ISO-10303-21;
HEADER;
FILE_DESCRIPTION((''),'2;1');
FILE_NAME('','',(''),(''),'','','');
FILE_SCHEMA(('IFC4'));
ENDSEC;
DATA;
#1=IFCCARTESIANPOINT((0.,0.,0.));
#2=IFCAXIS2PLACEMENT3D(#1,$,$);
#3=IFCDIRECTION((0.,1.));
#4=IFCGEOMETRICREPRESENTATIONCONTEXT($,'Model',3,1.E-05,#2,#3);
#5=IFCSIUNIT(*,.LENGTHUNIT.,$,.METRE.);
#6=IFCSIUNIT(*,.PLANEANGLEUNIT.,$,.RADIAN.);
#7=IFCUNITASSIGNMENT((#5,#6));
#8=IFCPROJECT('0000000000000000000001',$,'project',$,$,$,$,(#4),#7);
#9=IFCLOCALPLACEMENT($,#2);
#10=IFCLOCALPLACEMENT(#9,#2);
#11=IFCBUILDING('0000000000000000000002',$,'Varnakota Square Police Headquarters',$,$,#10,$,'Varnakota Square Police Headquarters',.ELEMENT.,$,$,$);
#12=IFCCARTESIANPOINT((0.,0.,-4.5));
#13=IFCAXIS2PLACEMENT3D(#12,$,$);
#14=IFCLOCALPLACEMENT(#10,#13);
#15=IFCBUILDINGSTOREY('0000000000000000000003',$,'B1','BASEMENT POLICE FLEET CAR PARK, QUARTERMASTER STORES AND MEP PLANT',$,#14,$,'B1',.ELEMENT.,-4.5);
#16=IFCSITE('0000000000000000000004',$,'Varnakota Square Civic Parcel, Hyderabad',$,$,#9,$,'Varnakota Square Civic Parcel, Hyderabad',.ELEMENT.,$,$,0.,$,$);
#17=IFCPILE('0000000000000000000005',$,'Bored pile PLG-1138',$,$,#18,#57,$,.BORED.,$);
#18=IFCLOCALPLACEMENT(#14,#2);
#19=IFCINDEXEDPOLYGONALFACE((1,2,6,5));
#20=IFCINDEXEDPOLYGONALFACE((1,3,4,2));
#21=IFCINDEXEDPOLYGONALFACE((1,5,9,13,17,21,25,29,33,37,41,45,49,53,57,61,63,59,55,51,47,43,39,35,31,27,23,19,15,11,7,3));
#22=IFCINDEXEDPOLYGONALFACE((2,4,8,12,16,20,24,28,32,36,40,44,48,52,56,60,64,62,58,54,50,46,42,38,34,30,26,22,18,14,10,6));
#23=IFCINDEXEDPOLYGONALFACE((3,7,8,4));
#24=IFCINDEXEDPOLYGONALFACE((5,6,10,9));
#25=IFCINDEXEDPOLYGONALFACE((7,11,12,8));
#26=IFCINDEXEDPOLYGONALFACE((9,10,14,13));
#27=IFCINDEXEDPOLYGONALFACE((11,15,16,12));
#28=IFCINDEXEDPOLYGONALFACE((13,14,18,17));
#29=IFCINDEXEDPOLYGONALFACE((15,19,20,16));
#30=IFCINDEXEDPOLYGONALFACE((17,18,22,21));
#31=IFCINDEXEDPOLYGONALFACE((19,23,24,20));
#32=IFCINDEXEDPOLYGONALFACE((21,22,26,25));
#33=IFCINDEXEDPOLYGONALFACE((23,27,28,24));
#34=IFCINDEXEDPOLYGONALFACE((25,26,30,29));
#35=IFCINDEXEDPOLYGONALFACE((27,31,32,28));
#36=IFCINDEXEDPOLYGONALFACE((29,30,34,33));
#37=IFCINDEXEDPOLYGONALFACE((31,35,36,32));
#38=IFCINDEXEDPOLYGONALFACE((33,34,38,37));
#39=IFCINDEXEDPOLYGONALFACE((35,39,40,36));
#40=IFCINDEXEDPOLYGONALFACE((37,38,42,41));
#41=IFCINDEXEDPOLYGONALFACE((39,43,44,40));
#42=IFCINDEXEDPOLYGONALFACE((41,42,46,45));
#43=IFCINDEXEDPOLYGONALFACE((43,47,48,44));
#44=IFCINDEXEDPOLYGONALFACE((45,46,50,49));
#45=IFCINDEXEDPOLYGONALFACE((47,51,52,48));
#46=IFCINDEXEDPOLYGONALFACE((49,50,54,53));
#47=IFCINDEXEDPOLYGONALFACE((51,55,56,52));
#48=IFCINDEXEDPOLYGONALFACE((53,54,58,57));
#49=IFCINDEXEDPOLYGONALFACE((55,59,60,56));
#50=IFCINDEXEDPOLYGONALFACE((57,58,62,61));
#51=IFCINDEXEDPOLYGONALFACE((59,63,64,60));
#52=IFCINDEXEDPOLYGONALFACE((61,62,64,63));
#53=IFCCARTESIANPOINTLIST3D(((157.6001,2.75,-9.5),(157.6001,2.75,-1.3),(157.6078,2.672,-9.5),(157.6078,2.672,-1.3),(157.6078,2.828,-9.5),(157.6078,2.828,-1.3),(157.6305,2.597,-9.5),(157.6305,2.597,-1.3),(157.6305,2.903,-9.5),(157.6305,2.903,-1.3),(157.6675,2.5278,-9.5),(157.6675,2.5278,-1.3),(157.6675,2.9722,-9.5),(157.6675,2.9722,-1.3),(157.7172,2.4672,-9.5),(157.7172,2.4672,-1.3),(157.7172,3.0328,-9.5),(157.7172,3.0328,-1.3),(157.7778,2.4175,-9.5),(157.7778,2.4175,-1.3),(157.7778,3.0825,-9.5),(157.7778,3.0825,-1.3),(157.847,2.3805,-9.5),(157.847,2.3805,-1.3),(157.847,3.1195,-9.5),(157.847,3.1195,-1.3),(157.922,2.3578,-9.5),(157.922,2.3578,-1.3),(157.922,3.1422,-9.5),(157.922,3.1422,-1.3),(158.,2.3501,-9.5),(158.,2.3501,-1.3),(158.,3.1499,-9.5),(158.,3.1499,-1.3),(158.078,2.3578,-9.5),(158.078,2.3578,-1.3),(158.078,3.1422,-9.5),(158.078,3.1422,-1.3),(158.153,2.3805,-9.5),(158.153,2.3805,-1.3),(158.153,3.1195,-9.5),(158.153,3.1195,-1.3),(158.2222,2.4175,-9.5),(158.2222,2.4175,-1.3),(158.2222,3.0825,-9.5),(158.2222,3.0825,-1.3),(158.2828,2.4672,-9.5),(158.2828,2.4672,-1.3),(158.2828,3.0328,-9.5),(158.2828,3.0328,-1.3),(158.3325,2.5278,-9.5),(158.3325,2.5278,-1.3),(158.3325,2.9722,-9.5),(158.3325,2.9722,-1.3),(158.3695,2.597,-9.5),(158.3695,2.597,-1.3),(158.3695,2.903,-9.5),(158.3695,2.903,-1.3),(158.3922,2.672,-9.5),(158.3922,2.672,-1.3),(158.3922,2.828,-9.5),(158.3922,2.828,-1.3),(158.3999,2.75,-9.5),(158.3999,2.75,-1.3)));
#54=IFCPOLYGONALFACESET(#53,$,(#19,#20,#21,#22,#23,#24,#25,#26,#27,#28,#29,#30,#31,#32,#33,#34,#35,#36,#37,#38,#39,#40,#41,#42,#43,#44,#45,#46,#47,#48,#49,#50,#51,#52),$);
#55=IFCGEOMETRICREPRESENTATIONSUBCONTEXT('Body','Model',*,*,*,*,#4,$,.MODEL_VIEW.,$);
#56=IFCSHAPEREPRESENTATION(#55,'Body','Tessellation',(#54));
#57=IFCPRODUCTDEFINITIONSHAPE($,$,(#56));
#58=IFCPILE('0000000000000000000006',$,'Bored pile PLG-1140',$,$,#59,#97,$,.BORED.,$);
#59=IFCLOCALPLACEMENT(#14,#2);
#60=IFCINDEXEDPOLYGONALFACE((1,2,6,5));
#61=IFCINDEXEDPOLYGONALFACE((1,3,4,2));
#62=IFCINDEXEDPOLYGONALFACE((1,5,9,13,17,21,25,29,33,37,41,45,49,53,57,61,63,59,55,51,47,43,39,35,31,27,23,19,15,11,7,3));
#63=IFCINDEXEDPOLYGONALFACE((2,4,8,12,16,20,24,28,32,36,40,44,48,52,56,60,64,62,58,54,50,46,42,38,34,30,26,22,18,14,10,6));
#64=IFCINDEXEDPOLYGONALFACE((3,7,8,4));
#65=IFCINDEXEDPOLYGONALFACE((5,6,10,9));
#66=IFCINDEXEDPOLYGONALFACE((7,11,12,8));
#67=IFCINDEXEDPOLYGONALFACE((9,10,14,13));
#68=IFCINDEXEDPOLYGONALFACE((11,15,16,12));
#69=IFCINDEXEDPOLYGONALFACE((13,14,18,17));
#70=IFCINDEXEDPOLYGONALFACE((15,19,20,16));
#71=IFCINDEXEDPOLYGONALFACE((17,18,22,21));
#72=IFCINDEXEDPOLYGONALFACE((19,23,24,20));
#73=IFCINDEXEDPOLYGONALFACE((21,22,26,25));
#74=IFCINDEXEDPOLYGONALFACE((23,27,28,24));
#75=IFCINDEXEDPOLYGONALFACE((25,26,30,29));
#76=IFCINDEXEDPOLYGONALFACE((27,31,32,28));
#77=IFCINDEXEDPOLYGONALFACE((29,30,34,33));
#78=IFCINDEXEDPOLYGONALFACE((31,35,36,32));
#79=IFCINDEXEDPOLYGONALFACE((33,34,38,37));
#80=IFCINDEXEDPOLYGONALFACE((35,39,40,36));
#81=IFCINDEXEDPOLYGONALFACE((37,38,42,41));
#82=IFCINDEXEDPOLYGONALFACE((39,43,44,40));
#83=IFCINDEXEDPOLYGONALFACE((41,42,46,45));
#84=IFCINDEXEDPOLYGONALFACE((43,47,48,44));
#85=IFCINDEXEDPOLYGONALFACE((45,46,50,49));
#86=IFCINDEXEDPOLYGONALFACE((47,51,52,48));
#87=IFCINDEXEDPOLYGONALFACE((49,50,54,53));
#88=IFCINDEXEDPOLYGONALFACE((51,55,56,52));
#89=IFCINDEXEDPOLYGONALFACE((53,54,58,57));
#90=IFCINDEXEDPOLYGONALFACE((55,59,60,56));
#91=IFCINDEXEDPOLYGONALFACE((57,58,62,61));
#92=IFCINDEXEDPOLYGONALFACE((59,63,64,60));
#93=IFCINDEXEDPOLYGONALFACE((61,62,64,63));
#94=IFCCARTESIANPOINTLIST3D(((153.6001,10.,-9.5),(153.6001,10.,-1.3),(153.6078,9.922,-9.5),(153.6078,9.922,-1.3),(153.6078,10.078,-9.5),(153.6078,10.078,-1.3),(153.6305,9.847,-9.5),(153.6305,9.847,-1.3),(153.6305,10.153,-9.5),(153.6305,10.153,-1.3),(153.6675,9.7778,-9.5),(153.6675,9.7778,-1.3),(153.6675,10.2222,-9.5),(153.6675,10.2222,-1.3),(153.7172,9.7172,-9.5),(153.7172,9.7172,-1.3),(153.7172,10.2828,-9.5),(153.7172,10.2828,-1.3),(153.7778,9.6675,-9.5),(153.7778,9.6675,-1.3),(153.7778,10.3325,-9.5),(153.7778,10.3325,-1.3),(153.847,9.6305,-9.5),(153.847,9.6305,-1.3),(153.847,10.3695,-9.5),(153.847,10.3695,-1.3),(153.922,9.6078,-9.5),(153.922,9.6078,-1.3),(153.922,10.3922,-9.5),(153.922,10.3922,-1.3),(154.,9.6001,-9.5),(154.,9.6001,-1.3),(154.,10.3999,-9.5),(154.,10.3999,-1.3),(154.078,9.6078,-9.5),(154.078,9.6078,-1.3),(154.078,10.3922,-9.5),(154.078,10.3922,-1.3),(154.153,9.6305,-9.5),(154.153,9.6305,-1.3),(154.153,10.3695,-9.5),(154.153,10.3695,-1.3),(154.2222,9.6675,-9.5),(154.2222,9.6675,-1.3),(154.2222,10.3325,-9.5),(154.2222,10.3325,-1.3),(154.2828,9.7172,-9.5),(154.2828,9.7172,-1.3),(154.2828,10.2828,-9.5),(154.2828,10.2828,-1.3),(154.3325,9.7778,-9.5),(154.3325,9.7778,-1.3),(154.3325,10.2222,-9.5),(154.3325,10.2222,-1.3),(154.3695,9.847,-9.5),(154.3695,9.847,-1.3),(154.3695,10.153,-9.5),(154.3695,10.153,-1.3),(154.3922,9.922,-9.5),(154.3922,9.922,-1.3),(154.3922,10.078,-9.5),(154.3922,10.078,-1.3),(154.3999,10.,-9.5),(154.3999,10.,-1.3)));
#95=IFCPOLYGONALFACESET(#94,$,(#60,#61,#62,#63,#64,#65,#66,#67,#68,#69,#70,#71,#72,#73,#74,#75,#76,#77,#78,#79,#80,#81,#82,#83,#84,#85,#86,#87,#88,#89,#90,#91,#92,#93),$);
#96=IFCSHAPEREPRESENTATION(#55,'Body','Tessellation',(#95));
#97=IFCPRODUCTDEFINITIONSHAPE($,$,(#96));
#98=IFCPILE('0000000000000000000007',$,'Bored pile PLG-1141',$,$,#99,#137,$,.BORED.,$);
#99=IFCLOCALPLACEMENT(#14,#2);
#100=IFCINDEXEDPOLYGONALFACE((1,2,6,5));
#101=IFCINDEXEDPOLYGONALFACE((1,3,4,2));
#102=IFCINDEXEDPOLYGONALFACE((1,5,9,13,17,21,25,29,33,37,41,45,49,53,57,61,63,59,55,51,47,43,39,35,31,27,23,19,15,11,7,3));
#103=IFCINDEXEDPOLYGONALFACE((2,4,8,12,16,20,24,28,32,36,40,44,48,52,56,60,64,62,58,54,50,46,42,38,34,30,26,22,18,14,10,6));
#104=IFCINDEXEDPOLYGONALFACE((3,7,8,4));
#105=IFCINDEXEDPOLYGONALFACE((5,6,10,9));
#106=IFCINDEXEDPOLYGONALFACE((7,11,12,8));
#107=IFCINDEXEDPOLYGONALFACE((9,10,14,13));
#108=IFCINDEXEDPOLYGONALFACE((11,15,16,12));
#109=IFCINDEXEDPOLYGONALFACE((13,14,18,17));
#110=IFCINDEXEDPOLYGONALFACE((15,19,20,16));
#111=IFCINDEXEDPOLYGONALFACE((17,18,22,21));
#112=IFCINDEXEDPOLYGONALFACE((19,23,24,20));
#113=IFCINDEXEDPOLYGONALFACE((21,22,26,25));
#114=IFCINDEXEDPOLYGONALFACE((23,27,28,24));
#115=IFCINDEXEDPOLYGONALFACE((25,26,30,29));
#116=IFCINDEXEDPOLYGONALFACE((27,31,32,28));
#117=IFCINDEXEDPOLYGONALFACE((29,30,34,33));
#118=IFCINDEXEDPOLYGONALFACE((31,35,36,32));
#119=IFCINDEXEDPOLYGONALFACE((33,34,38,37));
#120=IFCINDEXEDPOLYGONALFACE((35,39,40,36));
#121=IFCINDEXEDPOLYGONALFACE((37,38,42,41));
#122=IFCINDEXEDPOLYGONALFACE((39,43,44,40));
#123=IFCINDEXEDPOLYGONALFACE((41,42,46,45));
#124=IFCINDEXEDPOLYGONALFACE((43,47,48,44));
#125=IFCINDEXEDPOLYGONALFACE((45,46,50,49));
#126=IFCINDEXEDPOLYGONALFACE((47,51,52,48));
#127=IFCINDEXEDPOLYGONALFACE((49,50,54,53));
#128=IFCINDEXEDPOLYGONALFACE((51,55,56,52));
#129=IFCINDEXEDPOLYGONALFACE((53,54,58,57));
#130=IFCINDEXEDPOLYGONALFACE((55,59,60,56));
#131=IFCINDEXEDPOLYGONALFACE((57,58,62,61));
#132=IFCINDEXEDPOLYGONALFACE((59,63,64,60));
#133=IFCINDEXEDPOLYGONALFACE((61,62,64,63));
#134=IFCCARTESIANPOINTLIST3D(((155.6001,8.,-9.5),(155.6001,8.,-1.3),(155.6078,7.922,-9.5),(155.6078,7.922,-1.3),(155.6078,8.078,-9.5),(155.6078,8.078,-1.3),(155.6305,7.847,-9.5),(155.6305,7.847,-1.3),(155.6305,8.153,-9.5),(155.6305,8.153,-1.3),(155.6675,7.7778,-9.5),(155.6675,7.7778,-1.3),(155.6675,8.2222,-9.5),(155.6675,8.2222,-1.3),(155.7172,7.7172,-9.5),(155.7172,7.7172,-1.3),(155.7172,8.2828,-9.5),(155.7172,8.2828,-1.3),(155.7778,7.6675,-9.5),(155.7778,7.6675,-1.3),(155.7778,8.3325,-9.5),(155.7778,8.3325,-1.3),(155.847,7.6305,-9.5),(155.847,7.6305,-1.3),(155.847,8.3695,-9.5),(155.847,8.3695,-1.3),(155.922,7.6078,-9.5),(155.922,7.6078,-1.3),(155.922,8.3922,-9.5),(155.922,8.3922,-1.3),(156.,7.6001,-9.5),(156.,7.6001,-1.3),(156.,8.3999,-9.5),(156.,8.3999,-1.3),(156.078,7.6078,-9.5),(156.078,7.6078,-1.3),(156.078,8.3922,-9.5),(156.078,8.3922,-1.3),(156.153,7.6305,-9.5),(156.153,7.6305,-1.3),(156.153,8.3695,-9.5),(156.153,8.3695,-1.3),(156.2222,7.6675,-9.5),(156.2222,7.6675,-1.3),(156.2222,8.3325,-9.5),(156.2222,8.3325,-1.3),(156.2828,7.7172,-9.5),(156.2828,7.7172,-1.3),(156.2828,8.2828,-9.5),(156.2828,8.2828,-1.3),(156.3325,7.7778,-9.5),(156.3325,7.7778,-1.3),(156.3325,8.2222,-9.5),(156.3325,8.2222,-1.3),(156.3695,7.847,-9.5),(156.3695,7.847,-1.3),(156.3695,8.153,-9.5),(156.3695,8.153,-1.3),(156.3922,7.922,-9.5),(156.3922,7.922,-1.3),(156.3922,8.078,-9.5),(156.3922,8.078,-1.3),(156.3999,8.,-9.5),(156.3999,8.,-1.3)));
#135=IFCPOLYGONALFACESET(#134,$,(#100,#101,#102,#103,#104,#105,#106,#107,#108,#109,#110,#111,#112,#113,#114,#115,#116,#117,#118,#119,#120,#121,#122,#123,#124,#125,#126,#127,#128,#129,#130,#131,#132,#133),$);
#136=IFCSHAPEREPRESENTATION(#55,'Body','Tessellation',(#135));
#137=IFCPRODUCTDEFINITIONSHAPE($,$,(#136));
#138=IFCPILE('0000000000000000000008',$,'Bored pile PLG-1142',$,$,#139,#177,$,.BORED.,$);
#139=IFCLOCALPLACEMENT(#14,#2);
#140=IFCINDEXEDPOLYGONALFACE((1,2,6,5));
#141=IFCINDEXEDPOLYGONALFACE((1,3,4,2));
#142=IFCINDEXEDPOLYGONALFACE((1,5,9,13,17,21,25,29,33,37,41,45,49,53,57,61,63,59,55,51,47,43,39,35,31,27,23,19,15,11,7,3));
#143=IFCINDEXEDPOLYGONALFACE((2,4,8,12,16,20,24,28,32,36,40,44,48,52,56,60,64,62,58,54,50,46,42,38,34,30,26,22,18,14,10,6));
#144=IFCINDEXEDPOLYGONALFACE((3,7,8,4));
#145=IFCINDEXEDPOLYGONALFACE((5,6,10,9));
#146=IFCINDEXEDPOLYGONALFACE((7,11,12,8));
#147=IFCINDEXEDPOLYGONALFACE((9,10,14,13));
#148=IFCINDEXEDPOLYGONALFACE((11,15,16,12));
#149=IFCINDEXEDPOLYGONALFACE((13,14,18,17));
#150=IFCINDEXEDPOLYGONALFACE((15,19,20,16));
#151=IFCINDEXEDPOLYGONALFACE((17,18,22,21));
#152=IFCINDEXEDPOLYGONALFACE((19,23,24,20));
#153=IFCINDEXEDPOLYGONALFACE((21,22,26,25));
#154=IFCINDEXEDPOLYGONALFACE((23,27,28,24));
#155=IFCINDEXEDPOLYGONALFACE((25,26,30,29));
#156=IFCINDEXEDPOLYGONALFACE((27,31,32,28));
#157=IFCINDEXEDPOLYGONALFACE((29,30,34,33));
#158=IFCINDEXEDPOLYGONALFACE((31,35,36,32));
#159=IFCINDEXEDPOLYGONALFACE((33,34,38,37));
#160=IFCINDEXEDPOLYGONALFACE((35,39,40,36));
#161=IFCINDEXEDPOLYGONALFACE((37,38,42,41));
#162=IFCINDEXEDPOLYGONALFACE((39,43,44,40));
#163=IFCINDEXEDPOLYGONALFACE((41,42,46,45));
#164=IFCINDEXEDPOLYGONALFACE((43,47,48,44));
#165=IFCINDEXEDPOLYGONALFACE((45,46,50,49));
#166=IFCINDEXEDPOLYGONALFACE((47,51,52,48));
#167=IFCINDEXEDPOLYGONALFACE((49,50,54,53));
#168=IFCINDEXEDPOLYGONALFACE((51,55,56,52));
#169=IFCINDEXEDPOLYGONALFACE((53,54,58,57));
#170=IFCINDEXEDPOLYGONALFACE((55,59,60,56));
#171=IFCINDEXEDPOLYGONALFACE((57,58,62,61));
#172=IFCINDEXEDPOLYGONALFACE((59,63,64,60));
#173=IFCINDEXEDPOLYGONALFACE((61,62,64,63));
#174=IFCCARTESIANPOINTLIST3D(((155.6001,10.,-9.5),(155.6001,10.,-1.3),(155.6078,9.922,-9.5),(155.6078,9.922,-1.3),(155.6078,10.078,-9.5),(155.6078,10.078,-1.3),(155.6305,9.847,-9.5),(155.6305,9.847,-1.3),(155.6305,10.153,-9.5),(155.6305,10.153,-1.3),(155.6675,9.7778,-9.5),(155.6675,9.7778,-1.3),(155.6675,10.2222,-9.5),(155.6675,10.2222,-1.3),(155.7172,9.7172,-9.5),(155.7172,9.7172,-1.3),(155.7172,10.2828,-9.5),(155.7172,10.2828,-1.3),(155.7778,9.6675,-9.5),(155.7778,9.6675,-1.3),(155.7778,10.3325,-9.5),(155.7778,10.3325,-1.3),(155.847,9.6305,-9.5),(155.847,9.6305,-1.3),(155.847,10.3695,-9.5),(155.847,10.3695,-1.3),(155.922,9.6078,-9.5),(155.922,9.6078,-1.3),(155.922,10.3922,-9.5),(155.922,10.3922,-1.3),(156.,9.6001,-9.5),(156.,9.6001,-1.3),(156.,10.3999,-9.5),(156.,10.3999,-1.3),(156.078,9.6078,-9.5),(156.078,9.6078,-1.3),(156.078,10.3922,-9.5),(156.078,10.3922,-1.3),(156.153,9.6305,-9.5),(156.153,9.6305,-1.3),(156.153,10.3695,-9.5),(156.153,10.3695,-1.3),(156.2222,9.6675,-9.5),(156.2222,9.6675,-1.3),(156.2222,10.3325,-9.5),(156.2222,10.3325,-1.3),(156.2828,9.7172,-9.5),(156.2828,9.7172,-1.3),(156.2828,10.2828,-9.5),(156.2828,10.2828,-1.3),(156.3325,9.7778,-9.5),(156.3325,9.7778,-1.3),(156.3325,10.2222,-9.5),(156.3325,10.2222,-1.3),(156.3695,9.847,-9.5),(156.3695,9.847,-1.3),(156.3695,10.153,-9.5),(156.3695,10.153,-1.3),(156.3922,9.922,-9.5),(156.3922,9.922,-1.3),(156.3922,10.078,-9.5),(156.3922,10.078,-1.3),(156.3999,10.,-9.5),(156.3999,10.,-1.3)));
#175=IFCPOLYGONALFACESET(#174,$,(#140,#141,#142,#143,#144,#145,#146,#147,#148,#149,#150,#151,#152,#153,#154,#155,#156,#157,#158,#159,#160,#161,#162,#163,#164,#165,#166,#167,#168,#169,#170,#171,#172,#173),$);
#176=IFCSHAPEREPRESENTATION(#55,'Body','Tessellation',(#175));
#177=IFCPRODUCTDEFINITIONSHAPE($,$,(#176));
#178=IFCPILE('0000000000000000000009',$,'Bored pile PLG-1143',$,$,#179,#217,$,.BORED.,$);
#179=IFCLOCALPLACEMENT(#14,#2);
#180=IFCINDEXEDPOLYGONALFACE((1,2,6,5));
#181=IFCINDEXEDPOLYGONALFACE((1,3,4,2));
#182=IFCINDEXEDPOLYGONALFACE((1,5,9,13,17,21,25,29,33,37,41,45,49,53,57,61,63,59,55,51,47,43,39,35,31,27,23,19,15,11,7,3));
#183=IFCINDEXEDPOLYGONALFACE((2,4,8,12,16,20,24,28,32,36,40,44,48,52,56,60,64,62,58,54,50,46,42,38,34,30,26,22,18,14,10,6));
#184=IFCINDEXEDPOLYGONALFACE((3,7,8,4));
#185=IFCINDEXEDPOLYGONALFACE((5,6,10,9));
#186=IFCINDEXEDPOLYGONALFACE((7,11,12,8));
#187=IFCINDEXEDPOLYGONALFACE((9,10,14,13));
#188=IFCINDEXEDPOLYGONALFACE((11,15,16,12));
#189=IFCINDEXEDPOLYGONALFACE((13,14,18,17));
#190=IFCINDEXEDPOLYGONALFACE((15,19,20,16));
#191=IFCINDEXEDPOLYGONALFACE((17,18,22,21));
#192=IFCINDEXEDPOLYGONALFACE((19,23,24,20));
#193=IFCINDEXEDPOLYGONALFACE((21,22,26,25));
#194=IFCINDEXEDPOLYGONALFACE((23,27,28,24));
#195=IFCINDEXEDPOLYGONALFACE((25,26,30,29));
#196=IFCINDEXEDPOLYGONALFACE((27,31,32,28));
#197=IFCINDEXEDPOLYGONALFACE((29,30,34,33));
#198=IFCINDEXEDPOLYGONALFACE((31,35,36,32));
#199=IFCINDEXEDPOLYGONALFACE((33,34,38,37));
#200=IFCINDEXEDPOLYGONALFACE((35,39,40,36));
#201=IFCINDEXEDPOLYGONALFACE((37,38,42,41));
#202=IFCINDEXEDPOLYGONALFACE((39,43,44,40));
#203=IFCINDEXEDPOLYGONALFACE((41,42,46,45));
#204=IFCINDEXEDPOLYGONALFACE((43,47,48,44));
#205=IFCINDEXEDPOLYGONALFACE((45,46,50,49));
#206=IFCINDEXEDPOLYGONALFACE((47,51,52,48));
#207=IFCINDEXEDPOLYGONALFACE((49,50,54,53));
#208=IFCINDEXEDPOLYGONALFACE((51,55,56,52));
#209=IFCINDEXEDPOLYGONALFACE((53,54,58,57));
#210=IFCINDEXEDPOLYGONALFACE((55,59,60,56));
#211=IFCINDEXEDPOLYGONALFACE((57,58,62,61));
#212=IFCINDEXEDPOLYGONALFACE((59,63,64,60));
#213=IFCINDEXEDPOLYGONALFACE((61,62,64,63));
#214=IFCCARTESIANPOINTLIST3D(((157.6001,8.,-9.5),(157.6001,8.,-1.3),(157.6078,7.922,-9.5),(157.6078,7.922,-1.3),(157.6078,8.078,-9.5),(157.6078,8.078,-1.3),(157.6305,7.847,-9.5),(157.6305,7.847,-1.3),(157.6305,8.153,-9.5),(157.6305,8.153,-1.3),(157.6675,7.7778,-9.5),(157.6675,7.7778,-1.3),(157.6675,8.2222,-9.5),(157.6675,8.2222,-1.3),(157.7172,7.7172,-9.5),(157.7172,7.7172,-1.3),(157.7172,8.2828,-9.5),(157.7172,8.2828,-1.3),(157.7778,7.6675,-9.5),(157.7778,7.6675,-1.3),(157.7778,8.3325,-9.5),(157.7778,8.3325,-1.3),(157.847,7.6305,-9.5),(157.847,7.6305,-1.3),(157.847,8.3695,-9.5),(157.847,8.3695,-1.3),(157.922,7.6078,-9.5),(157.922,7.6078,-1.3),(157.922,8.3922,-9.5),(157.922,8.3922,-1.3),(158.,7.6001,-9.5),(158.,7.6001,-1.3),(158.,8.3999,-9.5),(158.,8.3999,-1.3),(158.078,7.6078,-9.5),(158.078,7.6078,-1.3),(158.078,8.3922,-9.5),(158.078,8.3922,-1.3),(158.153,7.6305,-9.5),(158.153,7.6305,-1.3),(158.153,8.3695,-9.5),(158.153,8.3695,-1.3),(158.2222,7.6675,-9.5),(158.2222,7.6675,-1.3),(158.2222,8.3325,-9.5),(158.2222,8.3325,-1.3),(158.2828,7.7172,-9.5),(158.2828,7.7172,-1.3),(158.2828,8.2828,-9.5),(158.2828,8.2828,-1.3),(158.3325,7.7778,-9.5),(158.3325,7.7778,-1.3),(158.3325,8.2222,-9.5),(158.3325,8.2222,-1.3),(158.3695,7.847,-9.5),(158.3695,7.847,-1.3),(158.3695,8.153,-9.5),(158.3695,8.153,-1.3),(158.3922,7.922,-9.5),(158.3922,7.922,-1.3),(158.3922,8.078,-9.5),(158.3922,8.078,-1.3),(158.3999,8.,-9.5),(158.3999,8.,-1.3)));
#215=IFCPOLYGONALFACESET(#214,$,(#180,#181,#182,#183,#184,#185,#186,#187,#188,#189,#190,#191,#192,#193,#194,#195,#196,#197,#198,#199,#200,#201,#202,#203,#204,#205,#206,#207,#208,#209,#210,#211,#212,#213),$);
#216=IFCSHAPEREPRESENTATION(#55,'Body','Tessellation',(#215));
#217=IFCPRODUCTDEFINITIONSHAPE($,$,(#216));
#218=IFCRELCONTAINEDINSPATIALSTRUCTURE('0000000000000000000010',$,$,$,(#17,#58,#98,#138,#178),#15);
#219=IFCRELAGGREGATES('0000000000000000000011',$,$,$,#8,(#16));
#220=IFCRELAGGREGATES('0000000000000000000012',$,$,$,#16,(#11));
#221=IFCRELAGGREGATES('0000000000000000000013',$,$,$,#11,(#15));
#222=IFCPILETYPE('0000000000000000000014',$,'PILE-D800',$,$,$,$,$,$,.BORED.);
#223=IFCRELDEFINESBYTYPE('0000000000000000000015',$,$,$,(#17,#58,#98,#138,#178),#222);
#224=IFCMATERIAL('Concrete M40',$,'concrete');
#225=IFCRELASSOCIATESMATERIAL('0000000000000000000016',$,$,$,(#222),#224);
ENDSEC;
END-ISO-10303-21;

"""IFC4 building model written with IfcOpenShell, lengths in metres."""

from ifc_helpers import new_model, si_unit, direction, frame, origin, origin_2d, place, context, subcontext, project, spatial, circle, extrude, material, material_profile, profile_set, type_object, element, save


model = new_model("IFC4")

# Units and contexts
model_context = context("Model", 3, precision=1e-05, world=origin(), true_north=direction((0.0, 1.0)))
body_context = subcontext(model_context, "Body", "Model", "MODEL_VIEW")
ifc_project = project(units=[si_unit("LENGTHUNIT", "METRE"), si_unit("PLANEANGLEUNIT", "RADIAN")], contexts=[model_context])

# Site, building, storey
site_placement = place(None, origin())
site = spatial("IfcSite", under=ifc_project, at=site_placement, Name="Varnakota Square Civic Parcel, Hyderabad", LongName="Varnakota Square Civic Parcel, Hyderabad", CompositionType="ELEMENT", RefElevation=0.0)
building_placement = place(site_placement, origin())
building = spatial("IfcBuilding", under=site, at=building_placement, Name="Varnakota Square Police Headquarters", LongName="Varnakota Square Police Headquarters", CompositionType="ELEMENT")
storey_placement = place(building_placement, frame((0.0, 0.0, -4.5)))
storey = spatial("IfcBuildingStorey", under=building, at=storey_placement, Name="B1", Description="BASEMENT POLICE FLEET CAR PARK, QUARTERMASTER STORES AND MEP PLANT", LongName="B1", CompositionType="ELEMENT", Elevation=-4.5)

# Shared definitions
ifc_material_1 = material(Name="Concrete M40", Category="concrete")

# Piles
ifc_material_profile_1 = material_profile(ifc_material_1, circle(Radius=0.3999, at=origin_2d()), Name="BORED PILE 800")
ifc_profile_set_1 = profile_set([ifc_material_profile_1], Name="Concrete M40")
pile_type = type_object("IfcPileType", Name="PILE-D800", PredefinedType="BORED", material=ifc_profile_set_1)
for number, where, z_axis, x_axis, name in (
    (1, (158.0, 2.75, -1.3), (0.0, 0.0, -1.0), (1.0, 0.0, 0.0), "Bored pile PLG-1138"),
    (2, (154.0, 10.0, -1.3), (0.0, 0.0, -1.0), (1.0, 0.0, 0.0), "Bored pile PLG-1140"),
    (3, (156.0, 8.0, -1.3), (0.0, 0.0, -1.0), (1.0, 0.0, 0.0), "Bored pile PLG-1141"),
    (4, (156.0, 10.0, -1.3), (0.0, 0.0, -1.0), (1.0, 0.0, 0.0), "Bored pile PLG-1142"),
    (5, (158.0, 8.0, -1.3), (0.0, 0.0, -1.0), (1.0, 0.0, 0.0), "Bored pile PLG-1143"),
):
    element("IfcPile", number, at=place(storey_placement, frame(where, z_axis=z_axis, x_axis=x_axis)), inside=storey, type_object=pile_type, Name=name, PredefinedType="BORED", context=body_context, shape_type="SweptSolid", body=[
        extrude(circle(Radius=0.3999, at=origin_2d()), origin(), (0.0, 0.0, 1.0), 8.2),
    ])

save(model, "model.ifc")
